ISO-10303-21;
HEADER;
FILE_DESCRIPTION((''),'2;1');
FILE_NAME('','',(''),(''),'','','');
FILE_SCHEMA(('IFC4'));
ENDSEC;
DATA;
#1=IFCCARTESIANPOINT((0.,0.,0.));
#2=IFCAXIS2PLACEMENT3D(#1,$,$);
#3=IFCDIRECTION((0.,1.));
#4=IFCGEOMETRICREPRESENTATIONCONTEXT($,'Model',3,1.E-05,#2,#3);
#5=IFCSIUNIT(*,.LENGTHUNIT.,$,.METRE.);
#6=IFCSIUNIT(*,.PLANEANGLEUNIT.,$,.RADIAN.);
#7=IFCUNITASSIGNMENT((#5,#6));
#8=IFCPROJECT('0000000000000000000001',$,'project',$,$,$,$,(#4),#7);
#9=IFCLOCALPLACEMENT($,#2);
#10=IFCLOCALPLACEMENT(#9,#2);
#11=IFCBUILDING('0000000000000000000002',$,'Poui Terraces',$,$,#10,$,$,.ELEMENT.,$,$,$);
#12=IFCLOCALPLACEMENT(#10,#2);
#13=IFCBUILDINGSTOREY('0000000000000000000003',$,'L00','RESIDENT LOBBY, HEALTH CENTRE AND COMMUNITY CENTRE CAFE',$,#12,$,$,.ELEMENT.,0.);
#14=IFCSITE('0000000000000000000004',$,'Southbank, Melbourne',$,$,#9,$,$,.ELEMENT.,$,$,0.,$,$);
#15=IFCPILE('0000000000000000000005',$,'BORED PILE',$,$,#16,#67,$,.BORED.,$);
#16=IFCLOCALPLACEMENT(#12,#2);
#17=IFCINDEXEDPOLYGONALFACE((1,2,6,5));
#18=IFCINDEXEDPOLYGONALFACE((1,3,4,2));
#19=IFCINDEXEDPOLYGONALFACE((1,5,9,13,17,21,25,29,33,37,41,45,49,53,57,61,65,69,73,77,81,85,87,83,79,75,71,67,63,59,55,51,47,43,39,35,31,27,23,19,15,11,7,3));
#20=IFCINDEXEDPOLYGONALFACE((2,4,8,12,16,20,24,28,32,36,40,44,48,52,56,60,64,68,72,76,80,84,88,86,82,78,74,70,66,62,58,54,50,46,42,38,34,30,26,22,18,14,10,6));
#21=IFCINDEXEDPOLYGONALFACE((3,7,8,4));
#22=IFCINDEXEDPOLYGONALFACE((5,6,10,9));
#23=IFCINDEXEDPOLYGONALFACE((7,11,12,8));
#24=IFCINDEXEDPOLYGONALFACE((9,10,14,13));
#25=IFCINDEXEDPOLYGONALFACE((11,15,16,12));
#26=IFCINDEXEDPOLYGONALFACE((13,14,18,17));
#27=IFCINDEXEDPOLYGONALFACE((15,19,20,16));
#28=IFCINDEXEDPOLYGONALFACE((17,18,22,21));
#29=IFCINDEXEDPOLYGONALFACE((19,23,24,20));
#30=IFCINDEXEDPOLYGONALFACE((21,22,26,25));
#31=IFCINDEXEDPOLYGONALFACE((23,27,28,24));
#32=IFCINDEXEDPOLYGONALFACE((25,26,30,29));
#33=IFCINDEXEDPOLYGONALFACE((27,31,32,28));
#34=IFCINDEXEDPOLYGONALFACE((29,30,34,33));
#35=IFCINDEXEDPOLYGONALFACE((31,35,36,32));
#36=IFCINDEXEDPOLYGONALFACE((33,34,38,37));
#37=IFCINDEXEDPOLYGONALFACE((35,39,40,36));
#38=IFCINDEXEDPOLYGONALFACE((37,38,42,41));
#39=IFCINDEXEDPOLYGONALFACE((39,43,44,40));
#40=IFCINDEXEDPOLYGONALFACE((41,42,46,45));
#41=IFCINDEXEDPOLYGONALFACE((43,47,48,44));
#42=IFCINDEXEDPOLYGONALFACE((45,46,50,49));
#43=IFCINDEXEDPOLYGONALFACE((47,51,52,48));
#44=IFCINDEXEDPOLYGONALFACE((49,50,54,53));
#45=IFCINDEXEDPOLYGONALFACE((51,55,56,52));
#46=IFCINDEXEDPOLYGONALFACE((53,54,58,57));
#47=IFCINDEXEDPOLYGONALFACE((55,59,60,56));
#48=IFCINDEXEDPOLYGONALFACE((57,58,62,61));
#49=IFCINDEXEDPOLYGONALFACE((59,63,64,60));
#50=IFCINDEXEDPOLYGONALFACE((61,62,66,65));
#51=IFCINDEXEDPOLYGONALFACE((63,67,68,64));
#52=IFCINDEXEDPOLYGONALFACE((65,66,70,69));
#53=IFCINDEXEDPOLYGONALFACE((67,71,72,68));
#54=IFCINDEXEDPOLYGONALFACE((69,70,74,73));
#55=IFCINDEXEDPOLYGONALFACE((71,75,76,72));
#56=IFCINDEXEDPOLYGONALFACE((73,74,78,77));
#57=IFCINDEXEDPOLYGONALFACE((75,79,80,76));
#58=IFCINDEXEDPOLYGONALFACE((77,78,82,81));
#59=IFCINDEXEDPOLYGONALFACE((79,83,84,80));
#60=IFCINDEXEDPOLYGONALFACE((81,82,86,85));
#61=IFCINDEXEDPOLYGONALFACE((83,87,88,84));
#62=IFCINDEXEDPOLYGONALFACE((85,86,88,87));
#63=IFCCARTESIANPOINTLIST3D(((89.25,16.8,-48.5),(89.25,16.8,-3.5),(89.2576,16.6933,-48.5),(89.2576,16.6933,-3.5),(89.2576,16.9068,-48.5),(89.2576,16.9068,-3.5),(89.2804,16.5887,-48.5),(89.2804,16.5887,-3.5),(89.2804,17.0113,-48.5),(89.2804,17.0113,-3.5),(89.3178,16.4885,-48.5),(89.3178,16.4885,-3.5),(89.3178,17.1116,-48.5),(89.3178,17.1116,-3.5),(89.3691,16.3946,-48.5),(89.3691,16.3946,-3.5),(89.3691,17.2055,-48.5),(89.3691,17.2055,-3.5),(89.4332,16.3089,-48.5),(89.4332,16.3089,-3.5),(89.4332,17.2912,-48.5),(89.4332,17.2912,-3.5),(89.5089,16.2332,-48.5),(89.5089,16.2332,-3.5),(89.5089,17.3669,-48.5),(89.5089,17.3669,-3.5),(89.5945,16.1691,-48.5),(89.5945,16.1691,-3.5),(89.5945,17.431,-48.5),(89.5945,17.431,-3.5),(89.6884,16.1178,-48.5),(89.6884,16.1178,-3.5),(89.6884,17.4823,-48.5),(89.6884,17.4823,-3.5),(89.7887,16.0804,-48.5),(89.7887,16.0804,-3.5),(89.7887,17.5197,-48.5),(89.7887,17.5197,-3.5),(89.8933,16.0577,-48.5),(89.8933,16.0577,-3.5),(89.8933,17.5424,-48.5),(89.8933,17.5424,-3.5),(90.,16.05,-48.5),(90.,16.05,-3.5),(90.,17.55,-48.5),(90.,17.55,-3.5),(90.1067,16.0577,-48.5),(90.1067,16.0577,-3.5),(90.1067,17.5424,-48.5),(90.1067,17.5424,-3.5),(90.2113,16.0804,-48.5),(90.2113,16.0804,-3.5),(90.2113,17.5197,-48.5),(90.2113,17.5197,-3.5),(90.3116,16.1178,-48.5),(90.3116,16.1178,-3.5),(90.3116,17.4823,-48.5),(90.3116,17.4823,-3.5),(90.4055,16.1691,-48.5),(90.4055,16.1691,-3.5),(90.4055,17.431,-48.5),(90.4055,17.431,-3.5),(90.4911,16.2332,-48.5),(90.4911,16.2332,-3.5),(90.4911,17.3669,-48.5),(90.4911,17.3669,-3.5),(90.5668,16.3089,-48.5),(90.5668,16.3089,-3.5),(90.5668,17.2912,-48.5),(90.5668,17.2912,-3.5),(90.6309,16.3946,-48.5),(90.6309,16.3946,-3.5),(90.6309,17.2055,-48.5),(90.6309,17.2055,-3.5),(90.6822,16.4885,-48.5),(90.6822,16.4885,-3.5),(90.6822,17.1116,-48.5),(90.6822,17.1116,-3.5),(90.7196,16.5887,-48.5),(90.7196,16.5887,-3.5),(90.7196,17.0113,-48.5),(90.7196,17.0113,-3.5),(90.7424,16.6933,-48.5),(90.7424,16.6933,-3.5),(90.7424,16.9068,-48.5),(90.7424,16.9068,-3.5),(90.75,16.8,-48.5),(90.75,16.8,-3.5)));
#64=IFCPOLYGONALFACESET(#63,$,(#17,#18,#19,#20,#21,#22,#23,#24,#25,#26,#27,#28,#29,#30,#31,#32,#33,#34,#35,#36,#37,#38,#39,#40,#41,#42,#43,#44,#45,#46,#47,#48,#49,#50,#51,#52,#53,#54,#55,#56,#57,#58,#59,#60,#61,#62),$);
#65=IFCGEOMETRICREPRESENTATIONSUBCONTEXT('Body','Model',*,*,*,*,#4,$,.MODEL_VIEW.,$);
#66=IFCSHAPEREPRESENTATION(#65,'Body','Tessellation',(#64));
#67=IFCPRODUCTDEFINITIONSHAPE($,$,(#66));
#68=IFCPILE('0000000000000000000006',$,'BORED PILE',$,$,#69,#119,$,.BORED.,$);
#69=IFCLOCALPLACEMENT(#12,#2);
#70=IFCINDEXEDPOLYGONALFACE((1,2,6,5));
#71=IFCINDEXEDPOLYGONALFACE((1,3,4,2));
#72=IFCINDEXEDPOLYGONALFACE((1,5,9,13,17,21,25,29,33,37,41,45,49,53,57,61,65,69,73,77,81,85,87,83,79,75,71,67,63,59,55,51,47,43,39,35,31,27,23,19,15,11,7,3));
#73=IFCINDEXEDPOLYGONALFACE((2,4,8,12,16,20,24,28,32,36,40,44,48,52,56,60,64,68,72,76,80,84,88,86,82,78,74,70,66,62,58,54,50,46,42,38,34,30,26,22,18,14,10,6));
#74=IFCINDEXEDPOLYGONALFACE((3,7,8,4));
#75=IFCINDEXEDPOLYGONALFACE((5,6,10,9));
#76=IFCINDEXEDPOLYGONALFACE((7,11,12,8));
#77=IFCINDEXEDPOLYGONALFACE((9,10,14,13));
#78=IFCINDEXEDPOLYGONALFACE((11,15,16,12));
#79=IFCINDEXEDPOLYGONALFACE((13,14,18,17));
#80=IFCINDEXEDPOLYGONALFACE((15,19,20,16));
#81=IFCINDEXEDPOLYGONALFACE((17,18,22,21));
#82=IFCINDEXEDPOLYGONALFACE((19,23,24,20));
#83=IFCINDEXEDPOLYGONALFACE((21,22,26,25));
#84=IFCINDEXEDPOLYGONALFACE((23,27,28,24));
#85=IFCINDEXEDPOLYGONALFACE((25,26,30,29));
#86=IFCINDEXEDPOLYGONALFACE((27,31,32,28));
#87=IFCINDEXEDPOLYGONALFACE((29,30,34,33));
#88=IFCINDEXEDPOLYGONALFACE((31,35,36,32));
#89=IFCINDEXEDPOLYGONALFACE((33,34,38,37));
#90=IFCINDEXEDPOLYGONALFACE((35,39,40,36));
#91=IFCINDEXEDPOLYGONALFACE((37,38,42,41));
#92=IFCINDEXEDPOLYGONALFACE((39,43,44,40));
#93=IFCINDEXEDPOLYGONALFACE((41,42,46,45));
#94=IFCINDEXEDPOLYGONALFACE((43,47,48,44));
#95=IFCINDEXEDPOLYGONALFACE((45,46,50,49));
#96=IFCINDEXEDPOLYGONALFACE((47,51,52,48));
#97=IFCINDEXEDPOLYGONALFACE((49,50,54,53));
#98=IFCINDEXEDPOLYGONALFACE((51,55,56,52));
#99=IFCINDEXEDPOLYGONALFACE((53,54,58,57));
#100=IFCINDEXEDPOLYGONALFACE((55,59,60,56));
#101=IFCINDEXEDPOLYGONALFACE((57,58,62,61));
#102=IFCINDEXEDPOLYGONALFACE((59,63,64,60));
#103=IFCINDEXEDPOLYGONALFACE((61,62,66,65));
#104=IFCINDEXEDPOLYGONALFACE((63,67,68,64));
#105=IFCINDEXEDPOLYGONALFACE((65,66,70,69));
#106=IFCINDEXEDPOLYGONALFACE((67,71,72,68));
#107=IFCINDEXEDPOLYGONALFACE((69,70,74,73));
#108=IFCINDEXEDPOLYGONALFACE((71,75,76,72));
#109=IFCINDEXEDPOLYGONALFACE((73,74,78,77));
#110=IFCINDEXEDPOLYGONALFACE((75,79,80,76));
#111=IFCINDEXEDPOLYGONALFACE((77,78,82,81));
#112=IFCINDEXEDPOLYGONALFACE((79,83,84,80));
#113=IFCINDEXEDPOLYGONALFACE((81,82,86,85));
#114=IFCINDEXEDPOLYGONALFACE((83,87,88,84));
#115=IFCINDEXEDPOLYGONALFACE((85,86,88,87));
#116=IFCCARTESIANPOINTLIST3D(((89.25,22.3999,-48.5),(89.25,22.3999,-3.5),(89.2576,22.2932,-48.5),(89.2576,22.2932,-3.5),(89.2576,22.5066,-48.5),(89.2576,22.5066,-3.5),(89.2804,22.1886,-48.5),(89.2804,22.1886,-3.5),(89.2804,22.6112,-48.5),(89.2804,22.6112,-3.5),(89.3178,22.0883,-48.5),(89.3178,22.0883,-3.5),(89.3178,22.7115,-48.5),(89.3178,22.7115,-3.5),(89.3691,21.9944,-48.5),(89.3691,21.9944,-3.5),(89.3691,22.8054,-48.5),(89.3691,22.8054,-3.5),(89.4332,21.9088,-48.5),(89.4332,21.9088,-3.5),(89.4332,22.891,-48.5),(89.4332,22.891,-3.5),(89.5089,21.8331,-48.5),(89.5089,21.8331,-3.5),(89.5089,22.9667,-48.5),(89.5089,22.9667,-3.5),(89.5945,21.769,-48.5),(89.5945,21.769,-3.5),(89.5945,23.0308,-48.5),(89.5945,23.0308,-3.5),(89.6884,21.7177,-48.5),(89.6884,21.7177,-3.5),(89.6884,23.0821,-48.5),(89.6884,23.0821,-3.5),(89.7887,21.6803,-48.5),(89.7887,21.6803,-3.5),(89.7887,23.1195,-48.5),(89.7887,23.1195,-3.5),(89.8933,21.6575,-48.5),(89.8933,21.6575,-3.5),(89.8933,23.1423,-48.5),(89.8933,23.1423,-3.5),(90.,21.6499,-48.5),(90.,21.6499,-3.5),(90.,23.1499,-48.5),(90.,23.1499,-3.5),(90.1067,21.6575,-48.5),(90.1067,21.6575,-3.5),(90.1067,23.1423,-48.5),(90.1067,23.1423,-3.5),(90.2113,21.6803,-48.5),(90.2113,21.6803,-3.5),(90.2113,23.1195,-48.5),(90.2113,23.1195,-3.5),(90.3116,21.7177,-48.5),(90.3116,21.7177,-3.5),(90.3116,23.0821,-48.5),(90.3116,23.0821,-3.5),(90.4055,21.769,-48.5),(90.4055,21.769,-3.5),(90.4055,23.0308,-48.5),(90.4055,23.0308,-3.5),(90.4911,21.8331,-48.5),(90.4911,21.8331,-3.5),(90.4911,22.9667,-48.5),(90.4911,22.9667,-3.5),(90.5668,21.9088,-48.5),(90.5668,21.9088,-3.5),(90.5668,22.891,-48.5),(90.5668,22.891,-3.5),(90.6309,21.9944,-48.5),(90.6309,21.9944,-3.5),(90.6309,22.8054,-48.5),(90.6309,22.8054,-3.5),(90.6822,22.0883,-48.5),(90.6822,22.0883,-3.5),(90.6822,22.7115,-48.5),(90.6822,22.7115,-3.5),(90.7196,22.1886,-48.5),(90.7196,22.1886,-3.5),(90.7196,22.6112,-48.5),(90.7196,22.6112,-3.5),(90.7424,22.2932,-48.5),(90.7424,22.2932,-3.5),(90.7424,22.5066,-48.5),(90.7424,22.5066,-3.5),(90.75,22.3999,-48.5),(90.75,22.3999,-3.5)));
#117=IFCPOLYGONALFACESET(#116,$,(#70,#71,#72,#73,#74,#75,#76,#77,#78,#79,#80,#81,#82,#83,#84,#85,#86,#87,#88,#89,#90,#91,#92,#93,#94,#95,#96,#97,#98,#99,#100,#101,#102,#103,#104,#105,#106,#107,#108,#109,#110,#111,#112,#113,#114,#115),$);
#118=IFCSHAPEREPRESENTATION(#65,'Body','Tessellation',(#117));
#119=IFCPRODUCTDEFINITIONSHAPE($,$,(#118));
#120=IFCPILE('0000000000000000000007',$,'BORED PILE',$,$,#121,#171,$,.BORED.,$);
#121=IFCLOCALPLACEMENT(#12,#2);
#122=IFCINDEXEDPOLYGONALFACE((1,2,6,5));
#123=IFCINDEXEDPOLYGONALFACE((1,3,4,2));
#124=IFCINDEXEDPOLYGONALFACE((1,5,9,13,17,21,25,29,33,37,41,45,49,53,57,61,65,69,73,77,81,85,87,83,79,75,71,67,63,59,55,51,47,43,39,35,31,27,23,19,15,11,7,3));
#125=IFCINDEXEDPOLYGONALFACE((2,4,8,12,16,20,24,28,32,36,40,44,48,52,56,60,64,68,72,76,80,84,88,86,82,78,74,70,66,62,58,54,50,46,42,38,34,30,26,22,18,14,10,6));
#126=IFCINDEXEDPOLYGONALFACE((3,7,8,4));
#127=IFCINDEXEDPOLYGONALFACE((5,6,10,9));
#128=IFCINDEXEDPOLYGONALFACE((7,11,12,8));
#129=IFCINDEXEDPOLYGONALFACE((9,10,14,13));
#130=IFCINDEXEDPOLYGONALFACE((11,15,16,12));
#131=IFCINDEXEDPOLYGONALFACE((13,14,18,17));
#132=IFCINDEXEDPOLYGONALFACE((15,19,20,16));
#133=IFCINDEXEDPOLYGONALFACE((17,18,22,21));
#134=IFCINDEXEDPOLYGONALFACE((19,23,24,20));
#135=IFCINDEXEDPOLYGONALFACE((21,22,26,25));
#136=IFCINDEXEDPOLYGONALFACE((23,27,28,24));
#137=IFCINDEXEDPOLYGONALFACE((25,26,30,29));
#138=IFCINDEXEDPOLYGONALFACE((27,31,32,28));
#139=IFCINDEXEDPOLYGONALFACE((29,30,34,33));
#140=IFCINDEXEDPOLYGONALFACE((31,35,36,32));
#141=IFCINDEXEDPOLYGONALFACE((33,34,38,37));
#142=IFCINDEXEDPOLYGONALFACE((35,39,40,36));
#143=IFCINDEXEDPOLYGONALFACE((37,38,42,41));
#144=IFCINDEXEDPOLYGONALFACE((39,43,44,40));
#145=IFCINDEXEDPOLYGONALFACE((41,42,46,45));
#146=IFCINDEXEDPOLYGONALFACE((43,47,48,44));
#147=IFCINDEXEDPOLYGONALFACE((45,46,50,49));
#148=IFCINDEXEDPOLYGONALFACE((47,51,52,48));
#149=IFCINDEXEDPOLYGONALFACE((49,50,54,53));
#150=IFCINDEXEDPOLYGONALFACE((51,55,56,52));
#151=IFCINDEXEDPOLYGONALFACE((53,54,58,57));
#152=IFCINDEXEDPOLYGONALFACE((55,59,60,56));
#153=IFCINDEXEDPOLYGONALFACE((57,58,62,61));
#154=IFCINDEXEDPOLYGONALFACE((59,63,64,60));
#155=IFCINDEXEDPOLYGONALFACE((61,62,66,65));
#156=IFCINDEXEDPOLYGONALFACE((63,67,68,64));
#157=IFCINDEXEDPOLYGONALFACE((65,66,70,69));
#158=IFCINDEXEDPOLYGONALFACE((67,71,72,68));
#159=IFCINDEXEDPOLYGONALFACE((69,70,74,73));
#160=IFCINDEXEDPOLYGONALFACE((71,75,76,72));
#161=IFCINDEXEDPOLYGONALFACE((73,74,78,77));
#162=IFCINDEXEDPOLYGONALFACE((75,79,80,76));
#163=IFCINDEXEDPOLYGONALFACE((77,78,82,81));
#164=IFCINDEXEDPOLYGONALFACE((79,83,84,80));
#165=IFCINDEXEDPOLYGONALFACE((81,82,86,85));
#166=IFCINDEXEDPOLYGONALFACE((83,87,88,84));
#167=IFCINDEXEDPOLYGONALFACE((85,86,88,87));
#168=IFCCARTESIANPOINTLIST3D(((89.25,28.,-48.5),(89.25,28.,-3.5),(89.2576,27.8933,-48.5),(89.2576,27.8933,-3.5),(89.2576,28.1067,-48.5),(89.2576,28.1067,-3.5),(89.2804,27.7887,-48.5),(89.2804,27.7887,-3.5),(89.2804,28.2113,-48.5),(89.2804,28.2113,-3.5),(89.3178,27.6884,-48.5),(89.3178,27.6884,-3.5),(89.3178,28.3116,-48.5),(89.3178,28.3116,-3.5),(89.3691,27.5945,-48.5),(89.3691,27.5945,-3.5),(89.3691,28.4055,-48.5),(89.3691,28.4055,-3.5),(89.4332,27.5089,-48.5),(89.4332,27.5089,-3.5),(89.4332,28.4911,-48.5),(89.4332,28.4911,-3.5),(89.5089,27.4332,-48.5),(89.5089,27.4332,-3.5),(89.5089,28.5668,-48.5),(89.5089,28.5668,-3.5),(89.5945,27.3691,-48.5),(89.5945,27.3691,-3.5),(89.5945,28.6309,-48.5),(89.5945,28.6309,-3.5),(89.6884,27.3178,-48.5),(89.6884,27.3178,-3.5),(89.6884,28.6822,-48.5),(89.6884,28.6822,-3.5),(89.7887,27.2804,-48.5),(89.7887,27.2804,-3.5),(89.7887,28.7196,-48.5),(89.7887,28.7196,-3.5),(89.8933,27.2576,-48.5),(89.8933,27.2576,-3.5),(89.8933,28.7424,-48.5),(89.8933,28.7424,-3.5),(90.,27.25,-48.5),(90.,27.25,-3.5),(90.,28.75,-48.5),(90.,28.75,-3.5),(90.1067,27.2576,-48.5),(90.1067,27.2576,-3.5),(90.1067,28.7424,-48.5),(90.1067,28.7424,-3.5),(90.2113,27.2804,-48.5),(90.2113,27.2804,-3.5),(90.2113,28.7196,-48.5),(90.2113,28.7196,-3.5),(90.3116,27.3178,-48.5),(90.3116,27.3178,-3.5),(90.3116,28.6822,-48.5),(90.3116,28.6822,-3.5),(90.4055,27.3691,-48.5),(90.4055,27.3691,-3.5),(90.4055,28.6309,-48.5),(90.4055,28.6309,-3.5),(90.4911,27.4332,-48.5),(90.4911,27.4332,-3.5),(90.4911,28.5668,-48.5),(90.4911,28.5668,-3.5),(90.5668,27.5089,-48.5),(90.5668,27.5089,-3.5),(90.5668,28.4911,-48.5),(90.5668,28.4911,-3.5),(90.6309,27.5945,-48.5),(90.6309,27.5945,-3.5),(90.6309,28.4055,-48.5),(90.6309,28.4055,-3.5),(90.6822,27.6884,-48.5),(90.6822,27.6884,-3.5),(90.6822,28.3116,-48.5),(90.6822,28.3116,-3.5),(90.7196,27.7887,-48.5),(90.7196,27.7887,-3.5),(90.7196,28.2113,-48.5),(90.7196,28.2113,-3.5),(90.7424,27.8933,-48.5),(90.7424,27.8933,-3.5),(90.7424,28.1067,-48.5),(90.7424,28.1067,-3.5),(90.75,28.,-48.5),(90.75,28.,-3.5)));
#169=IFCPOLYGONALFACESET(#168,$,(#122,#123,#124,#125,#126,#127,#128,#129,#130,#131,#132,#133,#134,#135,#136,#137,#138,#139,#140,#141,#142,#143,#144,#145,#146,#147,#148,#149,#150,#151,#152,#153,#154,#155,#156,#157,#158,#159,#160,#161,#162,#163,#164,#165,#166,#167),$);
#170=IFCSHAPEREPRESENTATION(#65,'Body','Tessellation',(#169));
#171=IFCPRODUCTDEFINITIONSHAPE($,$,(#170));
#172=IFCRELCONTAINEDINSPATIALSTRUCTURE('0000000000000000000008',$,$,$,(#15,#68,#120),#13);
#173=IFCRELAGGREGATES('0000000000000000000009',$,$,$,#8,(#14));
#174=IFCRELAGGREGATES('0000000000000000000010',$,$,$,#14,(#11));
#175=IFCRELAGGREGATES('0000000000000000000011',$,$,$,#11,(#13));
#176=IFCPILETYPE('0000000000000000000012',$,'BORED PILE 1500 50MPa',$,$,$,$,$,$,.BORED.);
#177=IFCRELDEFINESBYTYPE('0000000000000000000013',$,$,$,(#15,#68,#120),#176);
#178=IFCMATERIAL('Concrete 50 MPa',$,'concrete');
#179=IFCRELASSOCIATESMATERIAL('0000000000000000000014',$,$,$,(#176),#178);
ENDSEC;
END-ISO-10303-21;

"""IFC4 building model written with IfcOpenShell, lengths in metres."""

from ifc_helpers import new_model, si_unit, direction, frame, origin, origin_2d, place, context, subcontext, project, spatial, circle, extrude, material, material_profile, profile_set, type_object, element, save


model = new_model("IFC4")

# Units and contexts
model_context = context("Model", 3, precision=1e-05, world=origin(), true_north=direction((0.0, 1.0)))
body_context = subcontext(model_context, "Body", "Model", "MODEL_VIEW")
ifc_project = project(units=[si_unit("LENGTHUNIT", "METRE"), si_unit("PLANEANGLEUNIT", "RADIAN")], contexts=[model_context])

# Site, building, storey
site_placement = place(None, origin())
site = spatial("IfcSite", under=ifc_project, at=site_placement, Name="Southbank, Melbourne", CompositionType="ELEMENT", RefElevation=0.0)
building_placement = place(site_placement, origin())
building = spatial("IfcBuilding", under=site, at=building_placement, Name="Poui Terraces", CompositionType="ELEMENT")
storey_placement = place(building_placement, origin())
storey = spatial("IfcBuildingStorey", under=building, at=storey_placement, Name="L00", Description="RESIDENT LOBBY, HEALTH CENTRE AND COMMUNITY CENTRE CAFE", CompositionType="ELEMENT", Elevation=0.0)

# Piles
ifc_material_1 = material(Name="Concrete 50 MPa", Category="concrete")
ifc_material_profile_1 = material_profile(ifc_material_1, circle(Radius=0.75, at=origin_2d()), Name="RC D1500")
ifc_profile_set_1 = profile_set([ifc_material_profile_1], Name="Concrete 50 MPa")
pile_type = type_object("IfcPileType", Name="BORED PILE 1500 50MPa", PredefinedType="BORED", material=ifc_profile_set_1)
for number, where, z_axis, x_axis, name in (
    (1, (90.0, 16.8, -3.5), (0.0, 0.0, -1.0), (1.0, 0.0, 0.0), "BORED PILE"),
    (2, (90.0, 22.3999, -3.5), (0.0, 0.0, -1.0), (1.0, 0.0, 0.0), "BORED PILE"),
    (3, (90.0, 28.0, -3.5), (0.0, 0.0, -1.0), (1.0, 0.0, 0.0), "BORED PILE"),
):
    element("IfcPile", number, at=place(storey_placement, frame(where, z_axis=z_axis, x_axis=x_axis)), inside=storey, type_object=pile_type, Name=name, PredefinedType="BORED", context=body_context, shape_type="SweptSolid", body=[
        extrude(circle(Radius=0.75, at=origin_2d()), origin(), (0.0, 0.0, 1.0), 45.0),
    ])

save(model, "model.ifc")
